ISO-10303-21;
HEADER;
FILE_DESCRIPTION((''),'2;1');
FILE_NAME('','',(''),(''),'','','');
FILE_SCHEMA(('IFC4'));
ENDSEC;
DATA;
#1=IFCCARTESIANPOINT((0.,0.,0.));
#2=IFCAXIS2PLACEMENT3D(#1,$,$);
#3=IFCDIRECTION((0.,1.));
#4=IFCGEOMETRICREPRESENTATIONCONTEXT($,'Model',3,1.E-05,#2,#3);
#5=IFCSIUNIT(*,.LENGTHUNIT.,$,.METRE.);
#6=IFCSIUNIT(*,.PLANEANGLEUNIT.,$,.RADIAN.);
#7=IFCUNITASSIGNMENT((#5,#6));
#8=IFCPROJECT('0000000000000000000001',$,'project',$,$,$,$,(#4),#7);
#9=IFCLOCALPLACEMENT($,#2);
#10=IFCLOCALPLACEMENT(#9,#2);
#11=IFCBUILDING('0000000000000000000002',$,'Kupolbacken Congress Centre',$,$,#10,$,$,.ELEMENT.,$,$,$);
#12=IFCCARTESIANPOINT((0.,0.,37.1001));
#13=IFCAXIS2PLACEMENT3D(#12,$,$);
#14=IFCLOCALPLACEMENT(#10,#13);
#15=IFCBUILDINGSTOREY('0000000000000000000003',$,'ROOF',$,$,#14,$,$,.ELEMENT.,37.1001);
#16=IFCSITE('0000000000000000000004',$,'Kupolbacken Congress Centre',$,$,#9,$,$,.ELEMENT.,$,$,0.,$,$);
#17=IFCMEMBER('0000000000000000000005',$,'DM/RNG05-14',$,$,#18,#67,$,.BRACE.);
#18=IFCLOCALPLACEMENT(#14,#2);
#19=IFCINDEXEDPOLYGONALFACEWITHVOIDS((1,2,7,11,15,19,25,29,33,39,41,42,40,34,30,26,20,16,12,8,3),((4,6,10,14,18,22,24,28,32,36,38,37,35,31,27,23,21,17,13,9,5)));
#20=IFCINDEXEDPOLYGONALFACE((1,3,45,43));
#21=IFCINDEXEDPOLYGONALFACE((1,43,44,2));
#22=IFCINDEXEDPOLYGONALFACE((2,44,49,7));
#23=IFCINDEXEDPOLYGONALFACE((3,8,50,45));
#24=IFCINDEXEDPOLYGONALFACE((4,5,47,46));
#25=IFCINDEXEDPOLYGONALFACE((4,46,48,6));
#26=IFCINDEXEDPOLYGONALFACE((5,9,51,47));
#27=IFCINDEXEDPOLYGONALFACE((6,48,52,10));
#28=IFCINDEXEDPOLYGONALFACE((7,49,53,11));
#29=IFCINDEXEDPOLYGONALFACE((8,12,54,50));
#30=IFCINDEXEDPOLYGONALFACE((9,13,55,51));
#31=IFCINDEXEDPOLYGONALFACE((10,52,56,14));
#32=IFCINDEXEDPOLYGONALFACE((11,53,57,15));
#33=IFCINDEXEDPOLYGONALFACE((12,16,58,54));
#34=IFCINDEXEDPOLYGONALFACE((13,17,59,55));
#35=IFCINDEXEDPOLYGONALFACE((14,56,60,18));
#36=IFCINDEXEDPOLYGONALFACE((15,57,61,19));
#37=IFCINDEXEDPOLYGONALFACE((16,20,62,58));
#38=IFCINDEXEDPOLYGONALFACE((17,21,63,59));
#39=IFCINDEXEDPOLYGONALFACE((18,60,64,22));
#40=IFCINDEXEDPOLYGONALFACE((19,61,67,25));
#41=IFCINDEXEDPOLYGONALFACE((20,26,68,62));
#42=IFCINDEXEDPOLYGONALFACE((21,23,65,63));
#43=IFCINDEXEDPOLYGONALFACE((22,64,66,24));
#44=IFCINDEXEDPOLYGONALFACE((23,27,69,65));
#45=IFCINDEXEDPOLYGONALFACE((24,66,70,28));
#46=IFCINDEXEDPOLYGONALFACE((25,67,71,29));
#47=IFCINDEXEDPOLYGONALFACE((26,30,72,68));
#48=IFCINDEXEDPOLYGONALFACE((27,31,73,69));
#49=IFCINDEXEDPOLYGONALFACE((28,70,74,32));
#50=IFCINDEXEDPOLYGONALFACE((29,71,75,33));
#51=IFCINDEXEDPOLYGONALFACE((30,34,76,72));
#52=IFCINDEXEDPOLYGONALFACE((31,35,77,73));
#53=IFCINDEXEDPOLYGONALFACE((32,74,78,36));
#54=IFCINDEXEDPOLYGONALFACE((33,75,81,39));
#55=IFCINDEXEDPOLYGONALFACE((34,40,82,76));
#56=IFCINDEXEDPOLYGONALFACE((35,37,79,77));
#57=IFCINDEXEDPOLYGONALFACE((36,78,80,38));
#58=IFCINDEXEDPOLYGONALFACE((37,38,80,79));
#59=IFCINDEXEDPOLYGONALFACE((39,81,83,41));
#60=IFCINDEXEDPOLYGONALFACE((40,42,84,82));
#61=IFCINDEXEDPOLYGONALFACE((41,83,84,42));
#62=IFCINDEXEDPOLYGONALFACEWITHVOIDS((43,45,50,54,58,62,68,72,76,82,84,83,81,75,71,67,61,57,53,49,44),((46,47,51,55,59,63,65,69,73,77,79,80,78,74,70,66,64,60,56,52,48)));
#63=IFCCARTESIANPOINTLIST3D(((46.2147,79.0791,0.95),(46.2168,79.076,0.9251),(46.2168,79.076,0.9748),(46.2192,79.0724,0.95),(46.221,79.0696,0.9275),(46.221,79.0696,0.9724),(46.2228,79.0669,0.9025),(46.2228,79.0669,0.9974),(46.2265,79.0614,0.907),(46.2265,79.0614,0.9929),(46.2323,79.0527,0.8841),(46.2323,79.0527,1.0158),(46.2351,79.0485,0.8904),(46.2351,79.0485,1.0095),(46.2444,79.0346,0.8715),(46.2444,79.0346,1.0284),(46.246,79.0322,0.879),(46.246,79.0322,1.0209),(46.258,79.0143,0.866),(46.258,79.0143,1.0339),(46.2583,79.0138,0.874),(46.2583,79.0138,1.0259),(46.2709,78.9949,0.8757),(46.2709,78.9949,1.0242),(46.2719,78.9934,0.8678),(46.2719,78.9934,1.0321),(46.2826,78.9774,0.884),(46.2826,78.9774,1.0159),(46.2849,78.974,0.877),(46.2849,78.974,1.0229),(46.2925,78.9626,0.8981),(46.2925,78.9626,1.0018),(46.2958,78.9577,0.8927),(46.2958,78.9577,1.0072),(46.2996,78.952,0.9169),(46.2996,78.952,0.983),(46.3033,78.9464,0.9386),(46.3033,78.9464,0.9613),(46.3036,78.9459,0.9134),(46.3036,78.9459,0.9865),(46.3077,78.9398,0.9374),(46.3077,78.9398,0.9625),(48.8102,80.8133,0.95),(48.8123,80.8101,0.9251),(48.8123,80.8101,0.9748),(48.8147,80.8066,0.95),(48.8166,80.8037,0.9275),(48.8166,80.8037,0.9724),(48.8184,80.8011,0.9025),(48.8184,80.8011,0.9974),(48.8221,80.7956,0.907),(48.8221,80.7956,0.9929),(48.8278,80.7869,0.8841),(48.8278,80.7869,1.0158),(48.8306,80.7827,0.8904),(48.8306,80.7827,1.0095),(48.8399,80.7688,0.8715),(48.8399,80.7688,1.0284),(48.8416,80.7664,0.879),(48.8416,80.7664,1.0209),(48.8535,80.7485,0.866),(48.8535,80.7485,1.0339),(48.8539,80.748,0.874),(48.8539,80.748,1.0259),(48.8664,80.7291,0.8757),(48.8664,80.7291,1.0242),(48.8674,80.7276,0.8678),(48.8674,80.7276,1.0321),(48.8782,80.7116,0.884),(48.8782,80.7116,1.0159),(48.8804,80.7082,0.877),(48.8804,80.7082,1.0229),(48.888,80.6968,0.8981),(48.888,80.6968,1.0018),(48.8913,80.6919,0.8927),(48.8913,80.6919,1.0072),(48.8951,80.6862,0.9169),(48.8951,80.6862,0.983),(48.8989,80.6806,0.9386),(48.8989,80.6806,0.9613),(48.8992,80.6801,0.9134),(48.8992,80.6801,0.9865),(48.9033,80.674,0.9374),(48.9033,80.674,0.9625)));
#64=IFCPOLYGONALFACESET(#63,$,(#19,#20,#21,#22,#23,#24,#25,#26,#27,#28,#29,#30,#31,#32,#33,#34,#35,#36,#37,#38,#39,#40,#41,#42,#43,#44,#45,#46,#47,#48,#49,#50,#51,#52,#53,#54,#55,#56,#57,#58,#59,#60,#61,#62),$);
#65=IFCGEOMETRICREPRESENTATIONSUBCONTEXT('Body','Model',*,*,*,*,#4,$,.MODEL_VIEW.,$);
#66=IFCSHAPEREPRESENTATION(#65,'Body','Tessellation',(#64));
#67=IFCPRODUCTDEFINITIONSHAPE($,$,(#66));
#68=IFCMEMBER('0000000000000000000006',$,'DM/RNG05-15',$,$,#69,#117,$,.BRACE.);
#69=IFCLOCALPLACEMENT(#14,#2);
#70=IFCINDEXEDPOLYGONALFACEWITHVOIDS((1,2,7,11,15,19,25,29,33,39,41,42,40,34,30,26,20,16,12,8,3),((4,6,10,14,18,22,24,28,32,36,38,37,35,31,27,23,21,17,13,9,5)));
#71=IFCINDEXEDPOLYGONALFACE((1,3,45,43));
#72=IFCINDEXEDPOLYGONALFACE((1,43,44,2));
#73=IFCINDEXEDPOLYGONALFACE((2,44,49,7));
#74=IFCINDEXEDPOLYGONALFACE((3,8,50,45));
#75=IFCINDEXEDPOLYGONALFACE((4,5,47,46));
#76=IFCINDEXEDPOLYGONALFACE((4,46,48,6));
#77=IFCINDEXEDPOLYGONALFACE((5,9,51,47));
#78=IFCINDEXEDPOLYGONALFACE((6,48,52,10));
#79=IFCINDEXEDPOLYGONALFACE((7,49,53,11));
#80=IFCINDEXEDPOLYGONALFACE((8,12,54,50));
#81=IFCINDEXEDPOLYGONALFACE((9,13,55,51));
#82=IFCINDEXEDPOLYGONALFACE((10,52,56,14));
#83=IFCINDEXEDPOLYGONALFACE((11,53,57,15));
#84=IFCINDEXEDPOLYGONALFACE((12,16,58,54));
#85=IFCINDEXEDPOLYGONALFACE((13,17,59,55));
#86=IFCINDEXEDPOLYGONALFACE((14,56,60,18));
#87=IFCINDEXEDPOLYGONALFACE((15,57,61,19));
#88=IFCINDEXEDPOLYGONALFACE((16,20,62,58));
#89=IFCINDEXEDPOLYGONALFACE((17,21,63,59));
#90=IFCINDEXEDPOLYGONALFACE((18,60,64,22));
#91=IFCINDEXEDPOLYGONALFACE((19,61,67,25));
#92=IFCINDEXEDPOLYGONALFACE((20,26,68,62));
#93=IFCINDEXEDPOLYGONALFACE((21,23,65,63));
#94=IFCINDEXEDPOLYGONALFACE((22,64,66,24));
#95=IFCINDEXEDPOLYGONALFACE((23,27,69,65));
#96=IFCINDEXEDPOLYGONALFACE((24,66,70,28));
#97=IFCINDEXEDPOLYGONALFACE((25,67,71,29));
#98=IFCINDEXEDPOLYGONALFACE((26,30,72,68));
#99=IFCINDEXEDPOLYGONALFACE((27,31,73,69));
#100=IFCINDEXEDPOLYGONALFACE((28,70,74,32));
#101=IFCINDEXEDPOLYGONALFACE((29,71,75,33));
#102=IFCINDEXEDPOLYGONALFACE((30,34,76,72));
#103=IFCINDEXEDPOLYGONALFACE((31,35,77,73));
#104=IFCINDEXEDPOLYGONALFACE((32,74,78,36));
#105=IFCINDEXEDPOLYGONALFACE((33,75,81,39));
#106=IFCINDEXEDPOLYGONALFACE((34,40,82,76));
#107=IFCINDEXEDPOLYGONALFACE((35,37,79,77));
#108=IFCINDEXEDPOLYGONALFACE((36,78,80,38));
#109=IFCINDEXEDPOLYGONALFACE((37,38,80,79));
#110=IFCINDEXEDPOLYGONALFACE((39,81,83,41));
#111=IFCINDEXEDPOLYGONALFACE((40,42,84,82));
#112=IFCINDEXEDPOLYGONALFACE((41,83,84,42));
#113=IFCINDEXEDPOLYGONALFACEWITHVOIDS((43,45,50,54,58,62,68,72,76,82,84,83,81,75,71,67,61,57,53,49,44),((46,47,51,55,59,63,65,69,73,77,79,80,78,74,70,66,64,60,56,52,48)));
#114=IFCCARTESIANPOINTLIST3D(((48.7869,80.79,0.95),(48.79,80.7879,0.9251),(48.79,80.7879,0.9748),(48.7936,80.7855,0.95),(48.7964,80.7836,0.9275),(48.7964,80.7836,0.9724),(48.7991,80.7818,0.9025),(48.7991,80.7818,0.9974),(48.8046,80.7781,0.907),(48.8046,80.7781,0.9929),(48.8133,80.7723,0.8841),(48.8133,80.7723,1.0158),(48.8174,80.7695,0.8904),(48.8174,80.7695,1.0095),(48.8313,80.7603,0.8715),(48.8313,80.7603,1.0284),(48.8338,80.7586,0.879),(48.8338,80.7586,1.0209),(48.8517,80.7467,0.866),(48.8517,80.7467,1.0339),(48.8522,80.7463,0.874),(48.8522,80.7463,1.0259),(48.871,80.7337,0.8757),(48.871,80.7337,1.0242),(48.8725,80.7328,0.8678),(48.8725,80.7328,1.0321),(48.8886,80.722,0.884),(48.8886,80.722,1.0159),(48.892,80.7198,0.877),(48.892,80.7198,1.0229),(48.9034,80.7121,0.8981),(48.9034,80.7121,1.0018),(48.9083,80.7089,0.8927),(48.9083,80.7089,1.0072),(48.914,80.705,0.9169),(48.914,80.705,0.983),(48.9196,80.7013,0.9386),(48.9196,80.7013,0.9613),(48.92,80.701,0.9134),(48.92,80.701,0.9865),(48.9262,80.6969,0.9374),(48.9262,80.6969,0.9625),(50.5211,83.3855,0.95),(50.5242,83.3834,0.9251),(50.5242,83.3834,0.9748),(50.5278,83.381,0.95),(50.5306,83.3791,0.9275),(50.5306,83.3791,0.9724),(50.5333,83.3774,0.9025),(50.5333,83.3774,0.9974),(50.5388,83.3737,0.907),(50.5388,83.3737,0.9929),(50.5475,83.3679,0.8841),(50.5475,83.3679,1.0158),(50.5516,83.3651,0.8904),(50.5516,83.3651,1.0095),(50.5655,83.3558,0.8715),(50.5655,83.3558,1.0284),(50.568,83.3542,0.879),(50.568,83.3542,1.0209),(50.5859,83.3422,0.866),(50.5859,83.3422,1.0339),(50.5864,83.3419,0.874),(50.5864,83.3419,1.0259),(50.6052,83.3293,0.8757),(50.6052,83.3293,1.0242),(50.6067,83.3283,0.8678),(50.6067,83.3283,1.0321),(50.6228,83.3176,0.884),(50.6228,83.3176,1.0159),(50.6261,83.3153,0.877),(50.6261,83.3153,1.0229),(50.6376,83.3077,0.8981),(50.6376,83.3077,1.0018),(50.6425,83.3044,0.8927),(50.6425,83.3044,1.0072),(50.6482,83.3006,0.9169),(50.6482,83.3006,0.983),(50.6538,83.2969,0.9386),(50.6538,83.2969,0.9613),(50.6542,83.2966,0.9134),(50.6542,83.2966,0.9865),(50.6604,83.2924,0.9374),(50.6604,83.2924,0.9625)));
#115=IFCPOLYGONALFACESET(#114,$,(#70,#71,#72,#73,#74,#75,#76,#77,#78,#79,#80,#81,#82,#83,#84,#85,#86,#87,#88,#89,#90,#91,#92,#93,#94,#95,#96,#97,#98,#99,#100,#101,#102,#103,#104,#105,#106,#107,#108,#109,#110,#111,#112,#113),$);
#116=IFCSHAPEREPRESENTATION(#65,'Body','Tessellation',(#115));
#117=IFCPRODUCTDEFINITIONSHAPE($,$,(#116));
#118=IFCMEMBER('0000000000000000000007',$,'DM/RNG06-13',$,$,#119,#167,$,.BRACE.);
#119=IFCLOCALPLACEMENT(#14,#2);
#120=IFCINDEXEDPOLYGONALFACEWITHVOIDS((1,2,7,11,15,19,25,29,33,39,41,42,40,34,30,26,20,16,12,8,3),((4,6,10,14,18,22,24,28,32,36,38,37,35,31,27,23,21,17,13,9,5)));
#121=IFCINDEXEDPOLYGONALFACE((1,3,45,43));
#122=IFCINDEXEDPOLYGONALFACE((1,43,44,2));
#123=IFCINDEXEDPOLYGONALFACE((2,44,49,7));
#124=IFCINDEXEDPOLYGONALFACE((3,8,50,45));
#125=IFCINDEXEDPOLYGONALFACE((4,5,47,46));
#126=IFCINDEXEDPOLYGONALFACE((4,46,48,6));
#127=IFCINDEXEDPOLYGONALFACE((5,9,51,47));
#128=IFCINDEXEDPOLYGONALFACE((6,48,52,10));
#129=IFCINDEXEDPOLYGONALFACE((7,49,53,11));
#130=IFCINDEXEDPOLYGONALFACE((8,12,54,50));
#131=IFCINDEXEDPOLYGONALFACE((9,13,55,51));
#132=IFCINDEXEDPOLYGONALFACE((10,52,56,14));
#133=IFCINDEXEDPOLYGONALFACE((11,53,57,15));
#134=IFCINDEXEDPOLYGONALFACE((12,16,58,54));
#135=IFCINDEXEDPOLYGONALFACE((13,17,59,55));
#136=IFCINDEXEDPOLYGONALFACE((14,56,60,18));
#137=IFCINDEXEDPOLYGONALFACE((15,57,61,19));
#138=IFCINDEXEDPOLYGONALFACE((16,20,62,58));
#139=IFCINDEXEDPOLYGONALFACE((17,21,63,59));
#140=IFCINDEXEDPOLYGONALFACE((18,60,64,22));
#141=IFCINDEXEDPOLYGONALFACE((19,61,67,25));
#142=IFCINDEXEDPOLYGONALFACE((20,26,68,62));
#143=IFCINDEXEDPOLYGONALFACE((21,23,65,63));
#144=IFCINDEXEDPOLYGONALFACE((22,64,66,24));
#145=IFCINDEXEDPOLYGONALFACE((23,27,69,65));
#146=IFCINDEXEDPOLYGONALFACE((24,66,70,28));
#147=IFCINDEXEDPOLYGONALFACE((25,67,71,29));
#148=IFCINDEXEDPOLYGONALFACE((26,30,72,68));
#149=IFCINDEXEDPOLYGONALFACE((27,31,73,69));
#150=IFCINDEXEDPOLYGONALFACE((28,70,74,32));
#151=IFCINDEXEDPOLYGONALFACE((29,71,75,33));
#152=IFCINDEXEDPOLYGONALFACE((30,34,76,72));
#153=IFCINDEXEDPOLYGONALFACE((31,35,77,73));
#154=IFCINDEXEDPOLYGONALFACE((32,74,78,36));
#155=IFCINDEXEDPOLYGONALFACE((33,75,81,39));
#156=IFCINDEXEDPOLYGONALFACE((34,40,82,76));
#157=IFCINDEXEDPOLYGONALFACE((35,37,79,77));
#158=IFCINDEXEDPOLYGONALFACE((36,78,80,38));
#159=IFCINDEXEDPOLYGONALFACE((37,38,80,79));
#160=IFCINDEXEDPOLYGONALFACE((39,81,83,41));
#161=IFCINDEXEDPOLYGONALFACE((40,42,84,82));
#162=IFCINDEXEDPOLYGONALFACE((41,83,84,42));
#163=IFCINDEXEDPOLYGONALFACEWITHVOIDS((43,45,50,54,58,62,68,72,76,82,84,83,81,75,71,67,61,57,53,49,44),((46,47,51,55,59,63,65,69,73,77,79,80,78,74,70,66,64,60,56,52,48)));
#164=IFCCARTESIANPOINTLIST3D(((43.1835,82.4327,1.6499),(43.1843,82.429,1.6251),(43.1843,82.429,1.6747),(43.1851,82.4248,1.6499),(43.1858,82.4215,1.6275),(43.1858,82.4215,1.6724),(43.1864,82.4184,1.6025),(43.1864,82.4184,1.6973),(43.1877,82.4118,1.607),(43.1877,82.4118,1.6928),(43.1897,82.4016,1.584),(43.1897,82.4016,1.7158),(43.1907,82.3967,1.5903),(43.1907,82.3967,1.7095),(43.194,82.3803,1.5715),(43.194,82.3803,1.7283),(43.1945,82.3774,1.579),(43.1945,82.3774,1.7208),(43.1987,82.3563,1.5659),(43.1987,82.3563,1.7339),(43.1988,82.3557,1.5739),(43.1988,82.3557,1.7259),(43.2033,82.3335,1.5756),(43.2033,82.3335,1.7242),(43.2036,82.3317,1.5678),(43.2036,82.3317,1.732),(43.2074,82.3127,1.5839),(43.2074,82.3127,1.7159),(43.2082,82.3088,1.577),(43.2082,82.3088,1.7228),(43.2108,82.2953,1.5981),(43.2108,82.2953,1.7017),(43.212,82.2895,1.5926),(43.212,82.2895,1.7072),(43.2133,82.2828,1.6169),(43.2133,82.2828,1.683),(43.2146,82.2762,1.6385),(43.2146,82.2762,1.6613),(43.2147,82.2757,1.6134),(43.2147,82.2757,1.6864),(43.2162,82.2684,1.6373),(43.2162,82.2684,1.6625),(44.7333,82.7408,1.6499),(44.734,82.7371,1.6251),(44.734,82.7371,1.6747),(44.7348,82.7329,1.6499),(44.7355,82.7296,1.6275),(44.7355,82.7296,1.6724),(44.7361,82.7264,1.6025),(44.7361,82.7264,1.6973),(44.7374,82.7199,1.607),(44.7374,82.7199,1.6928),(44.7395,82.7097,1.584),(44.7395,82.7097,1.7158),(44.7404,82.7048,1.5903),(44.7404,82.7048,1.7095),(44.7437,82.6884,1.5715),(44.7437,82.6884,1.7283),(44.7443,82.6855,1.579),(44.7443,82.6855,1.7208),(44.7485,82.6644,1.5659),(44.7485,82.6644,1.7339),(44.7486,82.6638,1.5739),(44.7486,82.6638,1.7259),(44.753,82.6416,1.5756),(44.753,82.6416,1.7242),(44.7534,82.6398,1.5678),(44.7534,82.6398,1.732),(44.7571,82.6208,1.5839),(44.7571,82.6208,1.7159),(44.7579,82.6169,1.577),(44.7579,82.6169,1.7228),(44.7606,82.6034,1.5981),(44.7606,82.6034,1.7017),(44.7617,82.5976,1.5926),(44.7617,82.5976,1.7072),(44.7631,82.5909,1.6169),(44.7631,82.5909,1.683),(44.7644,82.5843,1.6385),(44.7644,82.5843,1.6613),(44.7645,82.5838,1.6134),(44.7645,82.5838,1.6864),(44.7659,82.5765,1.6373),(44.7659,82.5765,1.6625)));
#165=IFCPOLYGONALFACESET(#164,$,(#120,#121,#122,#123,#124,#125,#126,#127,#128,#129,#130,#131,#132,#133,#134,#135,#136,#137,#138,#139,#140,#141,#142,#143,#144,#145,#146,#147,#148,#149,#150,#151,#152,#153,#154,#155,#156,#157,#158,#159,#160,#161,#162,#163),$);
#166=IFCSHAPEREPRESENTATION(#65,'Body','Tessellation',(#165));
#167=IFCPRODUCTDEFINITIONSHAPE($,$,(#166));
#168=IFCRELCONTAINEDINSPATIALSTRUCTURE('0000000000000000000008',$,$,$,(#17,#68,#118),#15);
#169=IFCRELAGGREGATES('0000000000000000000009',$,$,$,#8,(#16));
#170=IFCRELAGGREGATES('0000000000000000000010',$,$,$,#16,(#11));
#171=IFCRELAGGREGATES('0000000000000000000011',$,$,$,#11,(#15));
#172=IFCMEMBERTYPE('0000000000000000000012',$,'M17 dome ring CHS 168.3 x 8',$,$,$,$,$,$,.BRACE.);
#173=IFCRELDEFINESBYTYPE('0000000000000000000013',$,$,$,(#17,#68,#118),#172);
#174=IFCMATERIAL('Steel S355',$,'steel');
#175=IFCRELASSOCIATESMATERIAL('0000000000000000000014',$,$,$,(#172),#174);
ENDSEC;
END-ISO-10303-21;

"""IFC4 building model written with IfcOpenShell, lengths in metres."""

from ifc_helpers import new_model, si_unit, direction, frame, origin, origin_2d, place, context, subcontext, project, spatial, hollow_circle, extrude, material, material_profile, profile_set, type_object, element, save


model = new_model("IFC4")

# Units and contexts
model_context = context("Model", 3, precision=1e-05, world=origin(), true_north=direction((0.0, 1.0)))
body_context = subcontext(model_context, "Body", "Model", "MODEL_VIEW")
ifc_project = project(units=[si_unit("LENGTHUNIT", "METRE"), si_unit("PLANEANGLEUNIT", "RADIAN")], contexts=[model_context])

# Site, building, storey
site_placement = place(None, origin())
site = spatial("IfcSite", under=ifc_project, at=site_placement, Name="Kupolbacken Congress Centre", CompositionType="ELEMENT", RefElevation=0.0)
building_placement = place(site_placement, origin())
building = spatial("IfcBuilding", under=site, at=building_placement, Name="Kupolbacken Congress Centre", CompositionType="ELEMENT")
storey_placement = place(building_placement, frame((0.0, 0.0, 37.1001)))
storey = spatial("IfcBuildingStorey", under=building, at=storey_placement, Name="ROOF", CompositionType="ELEMENT", Elevation=37.1001)

# Members
ifc_material_1 = material(Name="Steel S355", Category="steel")
ifc_material_profile_1 = material_profile(ifc_material_1, hollow_circle(Radius=0.0842, WallThickness=0.0081, at=origin_2d()), Name="CHS 168.3 x 8")
ifc_profile_set_1 = profile_set([ifc_material_profile_1], Name="Steel S355")
member_type_1 = type_object("IfcMemberType", Name="M17 dome ring CHS 168.3 x 8", PredefinedType="BRACE", material=ifc_profile_set_1)
for number, where, z_axis, x_axis, name in (
    (1, (46.2615, 79.009, 0.95), (0.831484, 0.555548, 0.0), (-0.555548, 0.831484, 0.0), "DM/RNG05-14"),
    (2, (48.8569, 80.7432, 0.95), (0.555548, 0.831484, 0.0), (-0.831484, 0.555548, 0.0), "DM/RNG05-15"),
):
    element("IfcMember", number, at=place(storey_placement, frame(where, z_axis=z_axis, x_axis=x_axis)), inside=storey, type_object=member_type_1, Name=name, PredefinedType="BRACE", context=body_context, shape_type="SweptSolid", body=[
        extrude(hollow_circle(Radius=0.0842, WallThickness=0.0081, at=origin_2d()), origin(), (0.0, 0.0, 1.0), 3.1216),
    ])
member_1_placement = place(storey_placement, frame((43.2, 82.3501, 1.6499), z_axis=(0.980806, 0.194987, 0.0), x_axis=(-0.194987, 0.980806, 0.0)))
element("IfcMember", 3, at=member_1_placement, inside=storey, type_object=member_type_1, Name="DM/RNG06-13", PredefinedType="BRACE", context=body_context, shape_type="SweptSolid", body=[
    extrude(hollow_circle(Radius=0.0842, WallThickness=0.0081, at=origin_2d()), origin(), (0.0, 0.0, 1.0), 1.5801),
])

save(model, "model.ifc")
